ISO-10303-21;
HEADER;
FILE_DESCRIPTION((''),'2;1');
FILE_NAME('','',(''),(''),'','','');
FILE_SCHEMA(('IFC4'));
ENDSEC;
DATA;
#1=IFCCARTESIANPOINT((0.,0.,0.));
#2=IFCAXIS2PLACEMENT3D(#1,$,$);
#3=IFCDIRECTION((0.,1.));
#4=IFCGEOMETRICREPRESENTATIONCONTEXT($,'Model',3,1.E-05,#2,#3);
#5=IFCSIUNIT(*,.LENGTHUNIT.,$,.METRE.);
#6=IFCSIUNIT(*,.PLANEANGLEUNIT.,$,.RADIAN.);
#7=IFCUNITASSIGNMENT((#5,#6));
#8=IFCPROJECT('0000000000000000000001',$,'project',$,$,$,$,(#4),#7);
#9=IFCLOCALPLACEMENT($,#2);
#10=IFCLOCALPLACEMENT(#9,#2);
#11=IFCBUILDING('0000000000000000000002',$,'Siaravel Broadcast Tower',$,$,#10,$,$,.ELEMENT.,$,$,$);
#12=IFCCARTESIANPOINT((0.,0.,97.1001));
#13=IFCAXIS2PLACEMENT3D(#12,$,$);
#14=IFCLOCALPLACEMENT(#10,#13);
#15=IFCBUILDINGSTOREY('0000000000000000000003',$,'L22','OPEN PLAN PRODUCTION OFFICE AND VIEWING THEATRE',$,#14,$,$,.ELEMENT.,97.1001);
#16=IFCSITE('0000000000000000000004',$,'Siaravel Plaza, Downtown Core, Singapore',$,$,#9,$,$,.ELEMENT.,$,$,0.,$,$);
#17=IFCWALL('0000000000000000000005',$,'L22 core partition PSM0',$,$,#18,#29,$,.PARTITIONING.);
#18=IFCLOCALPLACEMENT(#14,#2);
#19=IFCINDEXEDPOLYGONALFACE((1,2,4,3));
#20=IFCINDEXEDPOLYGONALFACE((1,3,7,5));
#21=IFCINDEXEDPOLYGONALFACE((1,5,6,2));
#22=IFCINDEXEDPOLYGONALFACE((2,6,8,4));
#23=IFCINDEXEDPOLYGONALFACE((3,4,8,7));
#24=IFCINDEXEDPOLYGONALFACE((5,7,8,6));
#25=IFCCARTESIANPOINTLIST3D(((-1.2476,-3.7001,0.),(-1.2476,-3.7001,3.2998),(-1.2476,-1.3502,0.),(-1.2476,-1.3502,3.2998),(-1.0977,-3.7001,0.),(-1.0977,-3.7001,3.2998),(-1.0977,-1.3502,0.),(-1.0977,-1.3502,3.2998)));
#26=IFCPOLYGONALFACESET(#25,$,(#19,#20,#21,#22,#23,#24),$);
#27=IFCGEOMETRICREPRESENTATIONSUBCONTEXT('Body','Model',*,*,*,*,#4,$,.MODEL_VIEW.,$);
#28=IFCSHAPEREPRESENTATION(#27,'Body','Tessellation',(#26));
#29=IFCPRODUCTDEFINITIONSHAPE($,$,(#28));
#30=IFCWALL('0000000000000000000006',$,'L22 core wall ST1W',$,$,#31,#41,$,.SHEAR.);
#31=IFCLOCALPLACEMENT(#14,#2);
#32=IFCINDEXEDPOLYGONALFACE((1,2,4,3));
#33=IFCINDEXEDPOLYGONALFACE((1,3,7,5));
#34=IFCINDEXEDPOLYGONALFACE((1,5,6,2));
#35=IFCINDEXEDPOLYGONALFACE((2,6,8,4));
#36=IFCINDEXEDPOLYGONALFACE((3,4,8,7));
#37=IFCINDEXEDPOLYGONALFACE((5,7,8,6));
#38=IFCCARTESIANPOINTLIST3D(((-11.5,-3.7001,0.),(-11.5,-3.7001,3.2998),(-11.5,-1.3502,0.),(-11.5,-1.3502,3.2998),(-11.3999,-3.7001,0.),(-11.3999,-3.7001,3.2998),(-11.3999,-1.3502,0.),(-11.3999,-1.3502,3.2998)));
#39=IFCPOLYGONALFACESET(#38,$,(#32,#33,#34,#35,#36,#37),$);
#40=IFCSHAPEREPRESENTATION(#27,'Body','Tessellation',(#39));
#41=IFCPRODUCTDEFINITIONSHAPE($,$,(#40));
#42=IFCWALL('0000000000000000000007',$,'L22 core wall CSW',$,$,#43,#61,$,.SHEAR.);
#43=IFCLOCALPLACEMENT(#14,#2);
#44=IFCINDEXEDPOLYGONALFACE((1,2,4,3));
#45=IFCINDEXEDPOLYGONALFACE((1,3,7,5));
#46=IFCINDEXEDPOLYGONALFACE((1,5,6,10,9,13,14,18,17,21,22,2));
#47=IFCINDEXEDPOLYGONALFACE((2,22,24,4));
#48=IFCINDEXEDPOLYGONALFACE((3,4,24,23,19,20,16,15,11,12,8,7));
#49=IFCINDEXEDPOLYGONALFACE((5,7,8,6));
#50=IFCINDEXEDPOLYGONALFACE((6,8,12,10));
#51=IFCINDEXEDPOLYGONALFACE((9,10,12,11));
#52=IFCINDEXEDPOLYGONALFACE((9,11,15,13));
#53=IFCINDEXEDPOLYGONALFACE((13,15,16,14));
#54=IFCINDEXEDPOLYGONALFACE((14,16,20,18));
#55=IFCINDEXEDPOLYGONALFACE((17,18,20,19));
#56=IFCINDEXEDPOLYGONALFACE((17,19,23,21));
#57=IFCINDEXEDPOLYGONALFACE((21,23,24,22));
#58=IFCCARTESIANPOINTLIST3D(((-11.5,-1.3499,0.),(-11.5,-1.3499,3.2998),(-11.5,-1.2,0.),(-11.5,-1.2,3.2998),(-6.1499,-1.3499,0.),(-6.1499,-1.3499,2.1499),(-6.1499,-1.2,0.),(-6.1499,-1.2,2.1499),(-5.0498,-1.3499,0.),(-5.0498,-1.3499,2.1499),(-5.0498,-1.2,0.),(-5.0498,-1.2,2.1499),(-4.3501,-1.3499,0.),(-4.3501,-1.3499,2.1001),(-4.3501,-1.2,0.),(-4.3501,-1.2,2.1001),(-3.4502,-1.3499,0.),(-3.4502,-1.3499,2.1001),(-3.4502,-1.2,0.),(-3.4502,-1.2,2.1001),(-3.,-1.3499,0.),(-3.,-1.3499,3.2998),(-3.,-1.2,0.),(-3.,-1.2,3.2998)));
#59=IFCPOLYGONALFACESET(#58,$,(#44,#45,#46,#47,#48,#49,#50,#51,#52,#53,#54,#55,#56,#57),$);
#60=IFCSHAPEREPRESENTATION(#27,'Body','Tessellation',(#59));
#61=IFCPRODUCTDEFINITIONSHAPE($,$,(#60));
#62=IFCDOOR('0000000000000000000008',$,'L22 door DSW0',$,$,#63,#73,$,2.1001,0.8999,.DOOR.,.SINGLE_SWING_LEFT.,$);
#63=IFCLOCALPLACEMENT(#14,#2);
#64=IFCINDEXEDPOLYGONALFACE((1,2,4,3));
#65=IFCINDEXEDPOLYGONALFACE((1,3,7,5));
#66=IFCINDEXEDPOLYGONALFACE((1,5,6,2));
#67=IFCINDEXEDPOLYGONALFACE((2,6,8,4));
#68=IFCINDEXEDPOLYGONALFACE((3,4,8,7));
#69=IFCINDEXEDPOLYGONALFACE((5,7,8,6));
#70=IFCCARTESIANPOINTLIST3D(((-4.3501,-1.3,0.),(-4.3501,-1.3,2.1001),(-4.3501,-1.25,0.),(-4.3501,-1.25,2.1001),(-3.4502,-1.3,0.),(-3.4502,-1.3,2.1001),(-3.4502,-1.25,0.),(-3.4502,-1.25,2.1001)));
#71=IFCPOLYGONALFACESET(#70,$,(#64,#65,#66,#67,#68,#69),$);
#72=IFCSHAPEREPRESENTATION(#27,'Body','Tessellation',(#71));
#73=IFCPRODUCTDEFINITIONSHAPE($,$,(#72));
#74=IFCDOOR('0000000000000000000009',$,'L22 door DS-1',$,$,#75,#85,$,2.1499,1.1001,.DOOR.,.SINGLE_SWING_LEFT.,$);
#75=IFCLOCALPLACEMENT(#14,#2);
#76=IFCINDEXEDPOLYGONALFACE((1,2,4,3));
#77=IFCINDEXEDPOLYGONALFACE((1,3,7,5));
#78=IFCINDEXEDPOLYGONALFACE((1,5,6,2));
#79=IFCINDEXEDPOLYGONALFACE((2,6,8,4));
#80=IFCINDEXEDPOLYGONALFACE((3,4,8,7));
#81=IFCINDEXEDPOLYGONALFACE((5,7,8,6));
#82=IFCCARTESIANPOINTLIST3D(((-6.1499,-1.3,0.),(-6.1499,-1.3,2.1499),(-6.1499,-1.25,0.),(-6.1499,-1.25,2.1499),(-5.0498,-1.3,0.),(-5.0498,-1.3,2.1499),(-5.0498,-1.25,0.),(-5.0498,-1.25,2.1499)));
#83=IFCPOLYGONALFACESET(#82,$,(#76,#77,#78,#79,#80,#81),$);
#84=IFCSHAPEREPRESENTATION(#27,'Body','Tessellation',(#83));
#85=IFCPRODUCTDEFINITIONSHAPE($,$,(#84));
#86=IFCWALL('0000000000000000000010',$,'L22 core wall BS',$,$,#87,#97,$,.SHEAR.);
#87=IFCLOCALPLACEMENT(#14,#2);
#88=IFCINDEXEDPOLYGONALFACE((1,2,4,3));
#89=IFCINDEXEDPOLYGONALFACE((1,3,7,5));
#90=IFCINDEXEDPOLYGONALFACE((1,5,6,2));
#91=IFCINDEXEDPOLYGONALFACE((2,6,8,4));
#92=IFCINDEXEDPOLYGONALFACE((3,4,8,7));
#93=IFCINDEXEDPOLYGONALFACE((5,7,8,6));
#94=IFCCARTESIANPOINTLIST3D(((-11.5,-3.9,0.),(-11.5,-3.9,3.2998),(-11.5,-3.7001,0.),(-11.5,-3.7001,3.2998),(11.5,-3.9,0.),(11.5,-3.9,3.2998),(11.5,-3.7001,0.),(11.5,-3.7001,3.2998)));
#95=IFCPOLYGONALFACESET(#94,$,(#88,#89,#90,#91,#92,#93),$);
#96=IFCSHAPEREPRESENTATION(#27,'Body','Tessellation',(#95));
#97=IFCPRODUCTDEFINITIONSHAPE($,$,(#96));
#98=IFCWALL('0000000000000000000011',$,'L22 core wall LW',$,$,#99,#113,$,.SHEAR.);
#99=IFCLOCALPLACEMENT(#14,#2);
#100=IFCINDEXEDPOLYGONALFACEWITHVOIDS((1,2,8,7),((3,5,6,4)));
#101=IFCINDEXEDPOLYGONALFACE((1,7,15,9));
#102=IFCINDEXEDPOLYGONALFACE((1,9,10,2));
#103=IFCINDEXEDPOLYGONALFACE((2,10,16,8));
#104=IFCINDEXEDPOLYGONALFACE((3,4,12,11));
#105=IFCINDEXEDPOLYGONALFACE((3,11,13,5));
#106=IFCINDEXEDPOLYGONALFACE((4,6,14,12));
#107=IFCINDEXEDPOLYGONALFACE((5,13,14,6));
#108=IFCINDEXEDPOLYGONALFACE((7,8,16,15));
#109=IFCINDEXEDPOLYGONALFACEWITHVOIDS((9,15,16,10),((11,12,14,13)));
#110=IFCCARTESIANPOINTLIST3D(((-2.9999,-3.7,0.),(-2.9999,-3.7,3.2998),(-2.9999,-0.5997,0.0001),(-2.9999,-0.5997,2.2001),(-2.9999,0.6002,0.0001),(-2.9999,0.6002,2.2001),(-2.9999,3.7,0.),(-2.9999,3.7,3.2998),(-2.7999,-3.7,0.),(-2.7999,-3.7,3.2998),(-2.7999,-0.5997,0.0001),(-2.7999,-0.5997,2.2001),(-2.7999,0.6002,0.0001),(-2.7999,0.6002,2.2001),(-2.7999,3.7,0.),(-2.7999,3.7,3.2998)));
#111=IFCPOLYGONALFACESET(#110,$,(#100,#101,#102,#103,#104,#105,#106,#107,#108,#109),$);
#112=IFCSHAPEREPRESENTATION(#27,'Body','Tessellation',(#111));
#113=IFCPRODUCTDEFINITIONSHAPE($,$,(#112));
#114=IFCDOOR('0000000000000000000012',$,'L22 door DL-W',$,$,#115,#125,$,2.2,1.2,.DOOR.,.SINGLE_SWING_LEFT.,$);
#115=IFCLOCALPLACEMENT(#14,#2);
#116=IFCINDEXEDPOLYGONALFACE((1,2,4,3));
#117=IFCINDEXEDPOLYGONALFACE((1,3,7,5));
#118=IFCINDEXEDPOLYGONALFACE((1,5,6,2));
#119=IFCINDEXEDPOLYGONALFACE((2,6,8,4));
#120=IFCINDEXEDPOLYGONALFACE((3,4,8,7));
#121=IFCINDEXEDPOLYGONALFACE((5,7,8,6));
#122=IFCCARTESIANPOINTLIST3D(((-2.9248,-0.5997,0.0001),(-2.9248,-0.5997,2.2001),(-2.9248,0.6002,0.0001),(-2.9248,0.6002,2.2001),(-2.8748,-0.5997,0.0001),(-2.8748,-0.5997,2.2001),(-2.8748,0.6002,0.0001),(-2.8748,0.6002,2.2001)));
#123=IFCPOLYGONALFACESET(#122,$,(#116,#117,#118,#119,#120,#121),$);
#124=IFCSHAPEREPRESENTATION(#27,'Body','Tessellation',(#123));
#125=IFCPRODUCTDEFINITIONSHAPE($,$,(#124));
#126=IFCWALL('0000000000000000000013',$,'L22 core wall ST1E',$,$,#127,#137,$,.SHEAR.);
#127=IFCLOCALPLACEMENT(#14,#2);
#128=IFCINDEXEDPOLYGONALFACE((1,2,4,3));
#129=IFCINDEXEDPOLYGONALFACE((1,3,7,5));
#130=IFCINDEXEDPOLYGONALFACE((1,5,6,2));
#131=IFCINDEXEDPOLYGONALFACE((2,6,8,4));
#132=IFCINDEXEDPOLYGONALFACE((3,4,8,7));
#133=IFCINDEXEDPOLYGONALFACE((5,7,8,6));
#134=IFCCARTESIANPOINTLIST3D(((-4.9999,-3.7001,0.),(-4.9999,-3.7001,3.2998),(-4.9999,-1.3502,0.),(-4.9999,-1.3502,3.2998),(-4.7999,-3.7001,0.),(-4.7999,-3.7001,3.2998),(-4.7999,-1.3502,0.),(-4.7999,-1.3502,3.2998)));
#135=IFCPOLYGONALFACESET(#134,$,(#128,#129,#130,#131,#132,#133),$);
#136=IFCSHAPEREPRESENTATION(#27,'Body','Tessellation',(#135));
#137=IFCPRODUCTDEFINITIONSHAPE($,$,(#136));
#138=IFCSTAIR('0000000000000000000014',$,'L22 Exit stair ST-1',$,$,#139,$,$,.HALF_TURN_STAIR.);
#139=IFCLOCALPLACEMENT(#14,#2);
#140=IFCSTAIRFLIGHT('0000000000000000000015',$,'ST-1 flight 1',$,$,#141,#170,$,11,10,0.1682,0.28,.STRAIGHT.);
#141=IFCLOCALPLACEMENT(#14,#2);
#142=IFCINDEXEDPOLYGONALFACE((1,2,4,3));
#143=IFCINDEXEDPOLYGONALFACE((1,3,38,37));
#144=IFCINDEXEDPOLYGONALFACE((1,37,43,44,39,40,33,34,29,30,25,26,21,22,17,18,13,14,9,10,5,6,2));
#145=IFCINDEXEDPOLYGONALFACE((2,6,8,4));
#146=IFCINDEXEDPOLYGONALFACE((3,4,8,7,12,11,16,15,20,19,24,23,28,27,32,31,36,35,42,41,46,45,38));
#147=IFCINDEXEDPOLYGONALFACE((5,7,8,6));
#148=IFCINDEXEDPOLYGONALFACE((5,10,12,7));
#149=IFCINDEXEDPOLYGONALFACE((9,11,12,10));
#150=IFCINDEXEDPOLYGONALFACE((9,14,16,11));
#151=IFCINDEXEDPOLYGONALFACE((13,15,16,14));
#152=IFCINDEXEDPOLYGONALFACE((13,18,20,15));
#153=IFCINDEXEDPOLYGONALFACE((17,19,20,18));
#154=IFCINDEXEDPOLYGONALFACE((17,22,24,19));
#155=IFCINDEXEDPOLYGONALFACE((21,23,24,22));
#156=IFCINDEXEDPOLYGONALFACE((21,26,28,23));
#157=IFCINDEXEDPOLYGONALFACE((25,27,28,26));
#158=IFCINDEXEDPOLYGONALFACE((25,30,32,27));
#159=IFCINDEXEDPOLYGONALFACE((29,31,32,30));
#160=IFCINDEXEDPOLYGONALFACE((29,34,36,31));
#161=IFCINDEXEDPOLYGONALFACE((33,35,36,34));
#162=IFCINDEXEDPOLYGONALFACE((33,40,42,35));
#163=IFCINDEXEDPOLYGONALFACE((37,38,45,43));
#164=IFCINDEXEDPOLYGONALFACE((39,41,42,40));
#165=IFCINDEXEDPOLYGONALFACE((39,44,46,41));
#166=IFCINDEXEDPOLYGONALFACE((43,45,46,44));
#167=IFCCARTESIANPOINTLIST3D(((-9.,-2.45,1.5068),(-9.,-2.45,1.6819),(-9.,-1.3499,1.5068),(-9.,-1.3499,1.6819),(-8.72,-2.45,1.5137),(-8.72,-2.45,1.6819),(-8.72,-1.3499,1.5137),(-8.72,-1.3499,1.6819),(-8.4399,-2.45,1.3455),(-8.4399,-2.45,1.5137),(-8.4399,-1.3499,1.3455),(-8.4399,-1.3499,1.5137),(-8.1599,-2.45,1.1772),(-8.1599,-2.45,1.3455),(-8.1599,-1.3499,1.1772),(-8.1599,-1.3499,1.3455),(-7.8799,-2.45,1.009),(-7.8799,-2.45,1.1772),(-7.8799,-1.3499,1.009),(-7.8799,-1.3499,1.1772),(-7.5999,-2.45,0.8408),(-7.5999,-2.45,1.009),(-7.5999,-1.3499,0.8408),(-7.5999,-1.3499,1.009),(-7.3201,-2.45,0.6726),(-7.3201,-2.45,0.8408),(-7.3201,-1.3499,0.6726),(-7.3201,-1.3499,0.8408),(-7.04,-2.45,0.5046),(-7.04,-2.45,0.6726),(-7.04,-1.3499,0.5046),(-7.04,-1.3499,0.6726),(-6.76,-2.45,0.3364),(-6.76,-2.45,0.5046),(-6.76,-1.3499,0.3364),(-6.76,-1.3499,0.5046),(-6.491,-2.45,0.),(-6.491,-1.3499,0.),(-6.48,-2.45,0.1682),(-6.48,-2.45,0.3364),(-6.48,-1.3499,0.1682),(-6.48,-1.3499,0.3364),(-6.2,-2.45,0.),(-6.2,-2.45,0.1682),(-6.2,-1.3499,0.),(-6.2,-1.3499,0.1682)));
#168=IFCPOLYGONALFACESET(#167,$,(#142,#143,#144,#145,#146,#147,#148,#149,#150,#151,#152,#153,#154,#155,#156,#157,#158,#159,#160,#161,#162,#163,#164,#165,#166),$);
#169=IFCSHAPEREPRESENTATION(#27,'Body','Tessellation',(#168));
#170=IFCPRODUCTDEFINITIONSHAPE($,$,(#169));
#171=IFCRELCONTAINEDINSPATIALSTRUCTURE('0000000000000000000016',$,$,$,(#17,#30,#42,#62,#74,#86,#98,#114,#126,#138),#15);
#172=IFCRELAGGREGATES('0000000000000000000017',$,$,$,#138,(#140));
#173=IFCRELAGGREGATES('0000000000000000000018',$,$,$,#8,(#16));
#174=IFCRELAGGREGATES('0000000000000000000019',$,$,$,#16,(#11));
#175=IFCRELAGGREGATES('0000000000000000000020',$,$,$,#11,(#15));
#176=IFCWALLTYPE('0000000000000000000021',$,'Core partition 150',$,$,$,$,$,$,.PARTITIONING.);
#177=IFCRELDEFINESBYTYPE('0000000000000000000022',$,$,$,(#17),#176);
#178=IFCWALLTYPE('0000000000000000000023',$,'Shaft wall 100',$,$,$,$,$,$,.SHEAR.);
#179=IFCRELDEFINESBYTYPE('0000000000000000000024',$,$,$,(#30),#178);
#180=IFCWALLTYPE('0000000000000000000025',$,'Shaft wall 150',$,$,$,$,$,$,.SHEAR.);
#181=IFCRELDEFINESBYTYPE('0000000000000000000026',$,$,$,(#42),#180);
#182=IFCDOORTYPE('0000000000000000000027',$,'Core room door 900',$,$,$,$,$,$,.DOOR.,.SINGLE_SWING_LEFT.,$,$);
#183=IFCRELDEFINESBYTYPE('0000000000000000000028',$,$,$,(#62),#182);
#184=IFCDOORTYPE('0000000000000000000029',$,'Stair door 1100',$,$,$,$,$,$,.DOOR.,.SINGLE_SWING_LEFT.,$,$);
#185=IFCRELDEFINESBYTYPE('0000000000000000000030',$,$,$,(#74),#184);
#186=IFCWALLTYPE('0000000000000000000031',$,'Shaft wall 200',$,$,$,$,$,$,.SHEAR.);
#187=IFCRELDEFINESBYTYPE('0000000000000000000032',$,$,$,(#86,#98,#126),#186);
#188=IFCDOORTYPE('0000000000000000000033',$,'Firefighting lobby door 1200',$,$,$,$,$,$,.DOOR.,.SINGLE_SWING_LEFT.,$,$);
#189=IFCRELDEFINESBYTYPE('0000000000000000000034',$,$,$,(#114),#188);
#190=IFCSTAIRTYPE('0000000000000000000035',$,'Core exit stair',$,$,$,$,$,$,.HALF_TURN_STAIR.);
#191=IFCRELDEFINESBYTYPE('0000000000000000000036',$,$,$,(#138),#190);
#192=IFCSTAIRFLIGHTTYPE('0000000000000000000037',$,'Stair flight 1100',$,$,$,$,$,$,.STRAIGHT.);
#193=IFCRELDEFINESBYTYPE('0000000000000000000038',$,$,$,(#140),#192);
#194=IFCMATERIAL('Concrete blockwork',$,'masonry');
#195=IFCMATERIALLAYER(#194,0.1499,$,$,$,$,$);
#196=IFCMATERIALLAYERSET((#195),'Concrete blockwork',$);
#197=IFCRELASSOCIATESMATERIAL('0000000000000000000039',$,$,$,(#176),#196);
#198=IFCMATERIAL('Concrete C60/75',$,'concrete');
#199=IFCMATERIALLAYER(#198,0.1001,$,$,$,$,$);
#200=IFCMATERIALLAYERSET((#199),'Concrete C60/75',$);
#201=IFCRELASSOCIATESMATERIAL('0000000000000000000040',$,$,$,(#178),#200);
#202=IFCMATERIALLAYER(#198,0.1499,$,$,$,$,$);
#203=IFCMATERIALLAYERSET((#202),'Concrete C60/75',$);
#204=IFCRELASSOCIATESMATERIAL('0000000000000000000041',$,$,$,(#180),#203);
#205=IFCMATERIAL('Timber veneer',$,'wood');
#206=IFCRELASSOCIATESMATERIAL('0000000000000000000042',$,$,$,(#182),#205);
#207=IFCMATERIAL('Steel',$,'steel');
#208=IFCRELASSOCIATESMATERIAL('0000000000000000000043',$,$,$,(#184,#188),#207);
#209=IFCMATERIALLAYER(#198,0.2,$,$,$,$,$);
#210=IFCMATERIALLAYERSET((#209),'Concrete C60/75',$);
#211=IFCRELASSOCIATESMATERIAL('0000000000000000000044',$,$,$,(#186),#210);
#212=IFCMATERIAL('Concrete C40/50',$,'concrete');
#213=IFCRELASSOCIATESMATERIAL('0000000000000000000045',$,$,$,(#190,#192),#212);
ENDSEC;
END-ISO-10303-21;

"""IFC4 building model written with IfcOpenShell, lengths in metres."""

from ifc_helpers import new_model, si_unit, direction, frame, frame_2d, origin, place, context, subcontext, project, spatial, polyline, rectangle, outline, extrude, material, layer, layer_set, type_object, element, fill, aggregate, save


model = new_model("IFC4")

# Units and contexts
model_context = context("Model", 3, precision=1e-05, world=origin(), true_north=direction((0.0, 1.0)))
body_context = subcontext(model_context, "Body", "Model", "MODEL_VIEW")
ifc_project = project(units=[si_unit("LENGTHUNIT", "METRE"), si_unit("PLANEANGLEUNIT", "RADIAN")], contexts=[model_context])

# Site, building, storey
site_placement = place(None, origin())
site = spatial("IfcSite", under=ifc_project, at=site_placement, Name="Siaravel Plaza, Downtown Core, Singapore", CompositionType="ELEMENT", RefElevation=0.0)
building_placement = place(site_placement, origin())
building = spatial("IfcBuilding", under=site, at=building_placement, Name="Siaravel Broadcast Tower", CompositionType="ELEMENT")
storey_placement = place(building_placement, frame((0.0, 0.0, 97.1001)))
storey = spatial("IfcBuildingStorey", under=building, at=storey_placement, Name="L22", Description="OPEN PLAN PRODUCTION OFFICE AND VIEWING THEATRE", CompositionType="ELEMENT", Elevation=97.1001)

# Walls
ifc_material_1 = material(Name="Concrete blockwork", Category="masonry")
ifc_layer_1 = layer(ifc_material_1, 0.1499)
ifc_layer_set_1 = layer_set([ifc_layer_1], Name="Concrete blockwork")
wall_type_1 = type_object("IfcWallType", Name="Core partition 150", PredefinedType="PARTITIONING", material=ifc_layer_set_1)
wall_1_placement = place(storey_placement, frame((-1.1726, -3.7, 0.0), z_axis=(0.0, 0.0, 1.0), x_axis=(0.0, 1.0, 0.0)))
element("IfcWall", 1, at=wall_1_placement, inside=storey, type_object=wall_type_1, Name="L22 core partition PSM0", PredefinedType="PARTITIONING", context=body_context, shape_type="SweptSolid", body=[
    extrude(rectangle(XDim=2.3499, YDim=0.1499, at=frame_2d((1.1748, 0.0))), origin(), (0.0, 0.0, 1.0), 3.2998),
])
ifc_material_2 = material(Name="Concrete C60/75", Category="concrete")
ifc_layer_2 = layer(ifc_material_2, 0.1001)
ifc_layer_set_2 = layer_set([ifc_layer_2], Name="Concrete C60/75")
wall_type_2 = type_object("IfcWallType", Name="Shaft wall 100", PredefinedType="SHEAR", material=ifc_layer_set_2)
wall_2_placement = place(storey_placement, frame((-11.45, -3.7, 0.0), z_axis=(0.0, 0.0, 1.0), x_axis=(0.0, 1.0, 0.0)))
element("IfcWall", 2, at=wall_2_placement, inside=storey, type_object=wall_type_2, Name="L22 core wall ST1W", PredefinedType="SHEAR", context=body_context, shape_type="SweptSolid", body=[
    extrude(rectangle(XDim=2.3499, YDim=0.1001, at=frame_2d((1.1748, 0.0))), origin(), (0.0, 0.0, 1.0), 3.2998),
])

# Wall, openings, doors
ifc_layer_3 = layer(ifc_material_2, 0.1499)
ifc_layer_set_3 = layer_set([ifc_layer_3], Name="Concrete C60/75")
wall_type_3 = type_object("IfcWallType", Name="Shaft wall 150", PredefinedType="SHEAR", material=ifc_layer_set_3)
wall_3_placement = place(storey_placement, frame((-11.5, -1.2749, 0.0), z_axis=(0.0, 0.0, 1.0), x_axis=(1.0, 0.0, 0.0)))
wall_3 = element("IfcWall", 3, at=wall_3_placement, inside=storey, type_object=wall_type_3, Name="L22 core wall CSW", PredefinedType="SHEAR", context=body_context, shape_type="SweptSolid", body=[
    extrude(rectangle(XDim=8.5, YDim=0.1499, at=frame_2d((4.25, 0.0))), origin(), (0.0, 0.0, 1.0), 3.2998),
])
opening_1_placement = place(wall_3_placement, frame((5.3501, 0.0, 0.0)))
opening_1 = element("IfcOpeningElement", 4, at=opening_1_placement, cuts=wall_3, PredefinedType="OPENING", context=body_context, shape_type="SweptSolid", body=[
    extrude(rectangle(XDim=1.1001, YDim=2.1499, at=frame_2d((0.55, 1.075))), frame((0.0, 0.085, 0.0), z_axis=(0.0, -1.0, 0.0), x_axis=(1.0, 0.0, 0.0)), (0.0, 0.0, 1.0), 0.1699),
])
opening_2_placement = place(wall_3_placement, frame((7.1499, 0.0, 0.0)))
opening_2 = element("IfcOpeningElement", 5, at=opening_2_placement, cuts=wall_3, PredefinedType="OPENING", context=body_context, shape_type="SweptSolid", body=[
    extrude(rectangle(XDim=0.8999, YDim=2.1001, at=frame_2d((0.45, 1.05))), frame((0.0, 0.085, 0.0), z_axis=(0.0, -1.0, 0.0), x_axis=(1.0, 0.0, 0.0)), (0.0, 0.0, 1.0), 0.1699),
])
ifc_material_3 = material(Name="Timber veneer", Category="wood")
door_type_1 = type_object("IfcDoorType", Name="Core room door 900", OperationType="SINGLE_SWING_LEFT", PredefinedType="DOOR", material=ifc_material_3)
door_1_placement = place(opening_2_placement, origin())
door_1 = element("IfcDoor", 6, at=door_1_placement, inside=storey, type_object=door_type_1, Name="L22 door DSW0", OperationType="SINGLE_SWING_LEFT", OverallHeight=2.1001, OverallWidth=0.8999, PredefinedType="DOOR", context=body_context, shape_type="SweptSolid", body=[
    extrude(rectangle(XDim=0.8999, YDim=2.1001, at=frame_2d((0.45, 1.05))), frame((0.0, 0.0249, 0.0), z_axis=(0.0, -1.0, 0.0), x_axis=(1.0, 0.0, 0.0)), (0.0, 0.0, 1.0), 0.05),
])
fill(opening_2, door_1)
ifc_material_4 = material(Name="Steel", Category="steel")
door_type_2 = type_object("IfcDoorType", Name="Stair door 1100", OperationType="SINGLE_SWING_LEFT", PredefinedType="DOOR", material=ifc_material_4)
door_2_placement = place(opening_1_placement, origin())
door_2 = element("IfcDoor", 7, at=door_2_placement, inside=storey, type_object=door_type_2, Name="L22 door DS-1", OperationType="SINGLE_SWING_LEFT", OverallHeight=2.1499, OverallWidth=1.1001, PredefinedType="DOOR", context=body_context, shape_type="SweptSolid", body=[
    extrude(rectangle(XDim=1.1001, YDim=2.1499, at=frame_2d((0.55, 1.075))), frame((0.0, 0.0249, 0.0), z_axis=(0.0, -1.0, 0.0), x_axis=(1.0, 0.0, 0.0)), (0.0, 0.0, 1.0), 0.05),
])
fill(opening_1, door_2)

# Wall
ifc_layer_4 = layer(ifc_material_2, 0.2)
ifc_layer_set_4 = layer_set([ifc_layer_4], Name="Concrete C60/75")
wall_type_4 = type_object("IfcWallType", Name="Shaft wall 200", PredefinedType="SHEAR", material=ifc_layer_set_4)
wall_4_placement = place(storey_placement, frame((-11.5, -3.8, 0.0), z_axis=(0.0, 0.0, 1.0), x_axis=(1.0, 0.0, 0.0)))
element("IfcWall", 8, at=wall_4_placement, inside=storey, type_object=wall_type_4, Name="L22 core wall BS", PredefinedType="SHEAR", context=body_context, shape_type="SweptSolid", body=[
    extrude(rectangle(XDim=23.0, YDim=0.2, at=frame_2d((11.5, 0.0))), origin(), (0.0, 0.0, 1.0), 3.2998),
])

# Wall, opening, door
wall_5_placement = place(storey_placement, frame((-2.8999, -3.7, 0.0), z_axis=(0.0, 0.0, 1.0), x_axis=(0.0, 1.0, 0.0)))
wall_5 = element("IfcWall", 9, at=wall_5_placement, inside=storey, type_object=wall_type_4, Name="L22 core wall LW", PredefinedType="SHEAR", context=body_context, shape_type="SweptSolid", body=[
    extrude(rectangle(XDim=7.3999, YDim=0.2, at=frame_2d((3.7, 0.0))), origin(), (0.0, 0.0, 1.0), 3.2998),
])
opening_3_placement = place(wall_5_placement, frame((3.1001, 0.0, 0.0)))
opening_3 = element("IfcOpeningElement", 10, at=opening_3_placement, cuts=wall_5, PredefinedType="OPENING", context=body_context, shape_type="SweptSolid", body=[
    extrude(rectangle(XDim=1.2, YDim=2.2, at=frame_2d((0.6001, 1.1001))), frame((0.0, 0.1099, 0.0), z_axis=(0.0, -1.0, 0.0), x_axis=(1.0, 0.0, 0.0)), (0.0, 0.0, 1.0), 0.22),
])
door_type_3 = type_object("IfcDoorType", Name="Firefighting lobby door 1200", OperationType="SINGLE_SWING_LEFT", PredefinedType="DOOR", material=ifc_material_4)
door_3_placement = place(opening_3_placement, origin())
door_3 = element("IfcDoor", 11, at=door_3_placement, inside=storey, type_object=door_type_3, Name="L22 door DL-W", OperationType="SINGLE_SWING_LEFT", OverallHeight=2.2, OverallWidth=1.2, PredefinedType="DOOR", context=body_context, shape_type="SweptSolid", body=[
    extrude(rectangle(XDim=1.2, YDim=2.2, at=frame_2d((0.6001, 1.1001))), frame((0.0, 0.0249, 0.0), z_axis=(0.0, -1.0, 0.0), x_axis=(1.0, 0.0, 0.0)), (0.0, 0.0, 1.0), 0.05),
])
fill(opening_3, door_3)

# Wall
wall_6_placement = place(storey_placement, frame((-4.8999, -3.7, 0.0), z_axis=(0.0, 0.0, 1.0), x_axis=(0.0, 1.0, 0.0)))
element("IfcWall", 12, at=wall_6_placement, inside=storey, type_object=wall_type_4, Name="L22 core wall ST1E", PredefinedType="SHEAR", context=body_context, shape_type="SweptSolid", body=[
    extrude(rectangle(XDim=2.3499, YDim=0.2, at=frame_2d((1.1748, 0.0))), origin(), (0.0, 0.0, 1.0), 3.2998),
])

# Stair, stair flight
ifc_material_5 = material(Name="Concrete C40/50", Category="concrete")
stair_type = type_object("IfcStairType", Name="Core exit stair", PredefinedType="HALF_TURN_STAIR", material=ifc_material_5)
stair_placement = place(storey_placement, origin())
stair = element("IfcStair", 13, at=stair_placement, inside=storey, type_object=stair_type, Name="L22 Exit stair ST-1", PredefinedType="HALF_TURN_STAIR")
stair_flight_type = type_object("IfcStairFlightType", Name="Stair flight 1100", PredefinedType="STRAIGHT", material=ifc_material_5)
stair_flight_1_placement = place(storey_placement, frame((-6.2, -1.8999, 0.0), z_axis=(0.0, 0.0, 1.0), x_axis=(-1.0, 0.0, 0.0)))
stair_flight_1 = element("IfcStairFlight", 14, at=stair_flight_1_placement, type_object=stair_flight_type, Name="ST-1 flight 1", NumberOfRisers=11, NumberOfTreads=10, PredefinedType="STRAIGHT", RiserHeight=0.1682, TreadLength=0.28, context=body_context, shape_type="SweptSolid", body=[
    extrude(outline(polyline([(0.0, 0.0), (0.0, 0.1682), (0.28, 0.1682), (0.28, 0.3364), (0.5601, 0.3364), (0.5601, 0.5046), (0.8401, 0.5046), (0.8401, 0.6726), (1.1201, 0.6726), (1.1201, 0.8408), (1.3999, 0.8408), (1.3999, 1.009), (1.6799, 1.009), (1.6799, 1.1772), (1.96, 1.1772), (1.96, 1.3455), (2.24, 1.3455), (2.24, 1.5137), (2.52, 1.5137), (2.52, 1.6819), (2.8, 1.6819), (2.8, 1.8501), (2.8, 1.5068), (0.291, 0.0), (0.0, 0.0)])), frame((0.0, 0.55, 0.0), z_axis=(0.0, -1.0, 0.0), x_axis=(1.0, 0.0, 0.0)), (0.0, 0.0, 1.0), 1.1001),
])
aggregate(stair, [stair_flight_1])

save(model, "model.ifc")
